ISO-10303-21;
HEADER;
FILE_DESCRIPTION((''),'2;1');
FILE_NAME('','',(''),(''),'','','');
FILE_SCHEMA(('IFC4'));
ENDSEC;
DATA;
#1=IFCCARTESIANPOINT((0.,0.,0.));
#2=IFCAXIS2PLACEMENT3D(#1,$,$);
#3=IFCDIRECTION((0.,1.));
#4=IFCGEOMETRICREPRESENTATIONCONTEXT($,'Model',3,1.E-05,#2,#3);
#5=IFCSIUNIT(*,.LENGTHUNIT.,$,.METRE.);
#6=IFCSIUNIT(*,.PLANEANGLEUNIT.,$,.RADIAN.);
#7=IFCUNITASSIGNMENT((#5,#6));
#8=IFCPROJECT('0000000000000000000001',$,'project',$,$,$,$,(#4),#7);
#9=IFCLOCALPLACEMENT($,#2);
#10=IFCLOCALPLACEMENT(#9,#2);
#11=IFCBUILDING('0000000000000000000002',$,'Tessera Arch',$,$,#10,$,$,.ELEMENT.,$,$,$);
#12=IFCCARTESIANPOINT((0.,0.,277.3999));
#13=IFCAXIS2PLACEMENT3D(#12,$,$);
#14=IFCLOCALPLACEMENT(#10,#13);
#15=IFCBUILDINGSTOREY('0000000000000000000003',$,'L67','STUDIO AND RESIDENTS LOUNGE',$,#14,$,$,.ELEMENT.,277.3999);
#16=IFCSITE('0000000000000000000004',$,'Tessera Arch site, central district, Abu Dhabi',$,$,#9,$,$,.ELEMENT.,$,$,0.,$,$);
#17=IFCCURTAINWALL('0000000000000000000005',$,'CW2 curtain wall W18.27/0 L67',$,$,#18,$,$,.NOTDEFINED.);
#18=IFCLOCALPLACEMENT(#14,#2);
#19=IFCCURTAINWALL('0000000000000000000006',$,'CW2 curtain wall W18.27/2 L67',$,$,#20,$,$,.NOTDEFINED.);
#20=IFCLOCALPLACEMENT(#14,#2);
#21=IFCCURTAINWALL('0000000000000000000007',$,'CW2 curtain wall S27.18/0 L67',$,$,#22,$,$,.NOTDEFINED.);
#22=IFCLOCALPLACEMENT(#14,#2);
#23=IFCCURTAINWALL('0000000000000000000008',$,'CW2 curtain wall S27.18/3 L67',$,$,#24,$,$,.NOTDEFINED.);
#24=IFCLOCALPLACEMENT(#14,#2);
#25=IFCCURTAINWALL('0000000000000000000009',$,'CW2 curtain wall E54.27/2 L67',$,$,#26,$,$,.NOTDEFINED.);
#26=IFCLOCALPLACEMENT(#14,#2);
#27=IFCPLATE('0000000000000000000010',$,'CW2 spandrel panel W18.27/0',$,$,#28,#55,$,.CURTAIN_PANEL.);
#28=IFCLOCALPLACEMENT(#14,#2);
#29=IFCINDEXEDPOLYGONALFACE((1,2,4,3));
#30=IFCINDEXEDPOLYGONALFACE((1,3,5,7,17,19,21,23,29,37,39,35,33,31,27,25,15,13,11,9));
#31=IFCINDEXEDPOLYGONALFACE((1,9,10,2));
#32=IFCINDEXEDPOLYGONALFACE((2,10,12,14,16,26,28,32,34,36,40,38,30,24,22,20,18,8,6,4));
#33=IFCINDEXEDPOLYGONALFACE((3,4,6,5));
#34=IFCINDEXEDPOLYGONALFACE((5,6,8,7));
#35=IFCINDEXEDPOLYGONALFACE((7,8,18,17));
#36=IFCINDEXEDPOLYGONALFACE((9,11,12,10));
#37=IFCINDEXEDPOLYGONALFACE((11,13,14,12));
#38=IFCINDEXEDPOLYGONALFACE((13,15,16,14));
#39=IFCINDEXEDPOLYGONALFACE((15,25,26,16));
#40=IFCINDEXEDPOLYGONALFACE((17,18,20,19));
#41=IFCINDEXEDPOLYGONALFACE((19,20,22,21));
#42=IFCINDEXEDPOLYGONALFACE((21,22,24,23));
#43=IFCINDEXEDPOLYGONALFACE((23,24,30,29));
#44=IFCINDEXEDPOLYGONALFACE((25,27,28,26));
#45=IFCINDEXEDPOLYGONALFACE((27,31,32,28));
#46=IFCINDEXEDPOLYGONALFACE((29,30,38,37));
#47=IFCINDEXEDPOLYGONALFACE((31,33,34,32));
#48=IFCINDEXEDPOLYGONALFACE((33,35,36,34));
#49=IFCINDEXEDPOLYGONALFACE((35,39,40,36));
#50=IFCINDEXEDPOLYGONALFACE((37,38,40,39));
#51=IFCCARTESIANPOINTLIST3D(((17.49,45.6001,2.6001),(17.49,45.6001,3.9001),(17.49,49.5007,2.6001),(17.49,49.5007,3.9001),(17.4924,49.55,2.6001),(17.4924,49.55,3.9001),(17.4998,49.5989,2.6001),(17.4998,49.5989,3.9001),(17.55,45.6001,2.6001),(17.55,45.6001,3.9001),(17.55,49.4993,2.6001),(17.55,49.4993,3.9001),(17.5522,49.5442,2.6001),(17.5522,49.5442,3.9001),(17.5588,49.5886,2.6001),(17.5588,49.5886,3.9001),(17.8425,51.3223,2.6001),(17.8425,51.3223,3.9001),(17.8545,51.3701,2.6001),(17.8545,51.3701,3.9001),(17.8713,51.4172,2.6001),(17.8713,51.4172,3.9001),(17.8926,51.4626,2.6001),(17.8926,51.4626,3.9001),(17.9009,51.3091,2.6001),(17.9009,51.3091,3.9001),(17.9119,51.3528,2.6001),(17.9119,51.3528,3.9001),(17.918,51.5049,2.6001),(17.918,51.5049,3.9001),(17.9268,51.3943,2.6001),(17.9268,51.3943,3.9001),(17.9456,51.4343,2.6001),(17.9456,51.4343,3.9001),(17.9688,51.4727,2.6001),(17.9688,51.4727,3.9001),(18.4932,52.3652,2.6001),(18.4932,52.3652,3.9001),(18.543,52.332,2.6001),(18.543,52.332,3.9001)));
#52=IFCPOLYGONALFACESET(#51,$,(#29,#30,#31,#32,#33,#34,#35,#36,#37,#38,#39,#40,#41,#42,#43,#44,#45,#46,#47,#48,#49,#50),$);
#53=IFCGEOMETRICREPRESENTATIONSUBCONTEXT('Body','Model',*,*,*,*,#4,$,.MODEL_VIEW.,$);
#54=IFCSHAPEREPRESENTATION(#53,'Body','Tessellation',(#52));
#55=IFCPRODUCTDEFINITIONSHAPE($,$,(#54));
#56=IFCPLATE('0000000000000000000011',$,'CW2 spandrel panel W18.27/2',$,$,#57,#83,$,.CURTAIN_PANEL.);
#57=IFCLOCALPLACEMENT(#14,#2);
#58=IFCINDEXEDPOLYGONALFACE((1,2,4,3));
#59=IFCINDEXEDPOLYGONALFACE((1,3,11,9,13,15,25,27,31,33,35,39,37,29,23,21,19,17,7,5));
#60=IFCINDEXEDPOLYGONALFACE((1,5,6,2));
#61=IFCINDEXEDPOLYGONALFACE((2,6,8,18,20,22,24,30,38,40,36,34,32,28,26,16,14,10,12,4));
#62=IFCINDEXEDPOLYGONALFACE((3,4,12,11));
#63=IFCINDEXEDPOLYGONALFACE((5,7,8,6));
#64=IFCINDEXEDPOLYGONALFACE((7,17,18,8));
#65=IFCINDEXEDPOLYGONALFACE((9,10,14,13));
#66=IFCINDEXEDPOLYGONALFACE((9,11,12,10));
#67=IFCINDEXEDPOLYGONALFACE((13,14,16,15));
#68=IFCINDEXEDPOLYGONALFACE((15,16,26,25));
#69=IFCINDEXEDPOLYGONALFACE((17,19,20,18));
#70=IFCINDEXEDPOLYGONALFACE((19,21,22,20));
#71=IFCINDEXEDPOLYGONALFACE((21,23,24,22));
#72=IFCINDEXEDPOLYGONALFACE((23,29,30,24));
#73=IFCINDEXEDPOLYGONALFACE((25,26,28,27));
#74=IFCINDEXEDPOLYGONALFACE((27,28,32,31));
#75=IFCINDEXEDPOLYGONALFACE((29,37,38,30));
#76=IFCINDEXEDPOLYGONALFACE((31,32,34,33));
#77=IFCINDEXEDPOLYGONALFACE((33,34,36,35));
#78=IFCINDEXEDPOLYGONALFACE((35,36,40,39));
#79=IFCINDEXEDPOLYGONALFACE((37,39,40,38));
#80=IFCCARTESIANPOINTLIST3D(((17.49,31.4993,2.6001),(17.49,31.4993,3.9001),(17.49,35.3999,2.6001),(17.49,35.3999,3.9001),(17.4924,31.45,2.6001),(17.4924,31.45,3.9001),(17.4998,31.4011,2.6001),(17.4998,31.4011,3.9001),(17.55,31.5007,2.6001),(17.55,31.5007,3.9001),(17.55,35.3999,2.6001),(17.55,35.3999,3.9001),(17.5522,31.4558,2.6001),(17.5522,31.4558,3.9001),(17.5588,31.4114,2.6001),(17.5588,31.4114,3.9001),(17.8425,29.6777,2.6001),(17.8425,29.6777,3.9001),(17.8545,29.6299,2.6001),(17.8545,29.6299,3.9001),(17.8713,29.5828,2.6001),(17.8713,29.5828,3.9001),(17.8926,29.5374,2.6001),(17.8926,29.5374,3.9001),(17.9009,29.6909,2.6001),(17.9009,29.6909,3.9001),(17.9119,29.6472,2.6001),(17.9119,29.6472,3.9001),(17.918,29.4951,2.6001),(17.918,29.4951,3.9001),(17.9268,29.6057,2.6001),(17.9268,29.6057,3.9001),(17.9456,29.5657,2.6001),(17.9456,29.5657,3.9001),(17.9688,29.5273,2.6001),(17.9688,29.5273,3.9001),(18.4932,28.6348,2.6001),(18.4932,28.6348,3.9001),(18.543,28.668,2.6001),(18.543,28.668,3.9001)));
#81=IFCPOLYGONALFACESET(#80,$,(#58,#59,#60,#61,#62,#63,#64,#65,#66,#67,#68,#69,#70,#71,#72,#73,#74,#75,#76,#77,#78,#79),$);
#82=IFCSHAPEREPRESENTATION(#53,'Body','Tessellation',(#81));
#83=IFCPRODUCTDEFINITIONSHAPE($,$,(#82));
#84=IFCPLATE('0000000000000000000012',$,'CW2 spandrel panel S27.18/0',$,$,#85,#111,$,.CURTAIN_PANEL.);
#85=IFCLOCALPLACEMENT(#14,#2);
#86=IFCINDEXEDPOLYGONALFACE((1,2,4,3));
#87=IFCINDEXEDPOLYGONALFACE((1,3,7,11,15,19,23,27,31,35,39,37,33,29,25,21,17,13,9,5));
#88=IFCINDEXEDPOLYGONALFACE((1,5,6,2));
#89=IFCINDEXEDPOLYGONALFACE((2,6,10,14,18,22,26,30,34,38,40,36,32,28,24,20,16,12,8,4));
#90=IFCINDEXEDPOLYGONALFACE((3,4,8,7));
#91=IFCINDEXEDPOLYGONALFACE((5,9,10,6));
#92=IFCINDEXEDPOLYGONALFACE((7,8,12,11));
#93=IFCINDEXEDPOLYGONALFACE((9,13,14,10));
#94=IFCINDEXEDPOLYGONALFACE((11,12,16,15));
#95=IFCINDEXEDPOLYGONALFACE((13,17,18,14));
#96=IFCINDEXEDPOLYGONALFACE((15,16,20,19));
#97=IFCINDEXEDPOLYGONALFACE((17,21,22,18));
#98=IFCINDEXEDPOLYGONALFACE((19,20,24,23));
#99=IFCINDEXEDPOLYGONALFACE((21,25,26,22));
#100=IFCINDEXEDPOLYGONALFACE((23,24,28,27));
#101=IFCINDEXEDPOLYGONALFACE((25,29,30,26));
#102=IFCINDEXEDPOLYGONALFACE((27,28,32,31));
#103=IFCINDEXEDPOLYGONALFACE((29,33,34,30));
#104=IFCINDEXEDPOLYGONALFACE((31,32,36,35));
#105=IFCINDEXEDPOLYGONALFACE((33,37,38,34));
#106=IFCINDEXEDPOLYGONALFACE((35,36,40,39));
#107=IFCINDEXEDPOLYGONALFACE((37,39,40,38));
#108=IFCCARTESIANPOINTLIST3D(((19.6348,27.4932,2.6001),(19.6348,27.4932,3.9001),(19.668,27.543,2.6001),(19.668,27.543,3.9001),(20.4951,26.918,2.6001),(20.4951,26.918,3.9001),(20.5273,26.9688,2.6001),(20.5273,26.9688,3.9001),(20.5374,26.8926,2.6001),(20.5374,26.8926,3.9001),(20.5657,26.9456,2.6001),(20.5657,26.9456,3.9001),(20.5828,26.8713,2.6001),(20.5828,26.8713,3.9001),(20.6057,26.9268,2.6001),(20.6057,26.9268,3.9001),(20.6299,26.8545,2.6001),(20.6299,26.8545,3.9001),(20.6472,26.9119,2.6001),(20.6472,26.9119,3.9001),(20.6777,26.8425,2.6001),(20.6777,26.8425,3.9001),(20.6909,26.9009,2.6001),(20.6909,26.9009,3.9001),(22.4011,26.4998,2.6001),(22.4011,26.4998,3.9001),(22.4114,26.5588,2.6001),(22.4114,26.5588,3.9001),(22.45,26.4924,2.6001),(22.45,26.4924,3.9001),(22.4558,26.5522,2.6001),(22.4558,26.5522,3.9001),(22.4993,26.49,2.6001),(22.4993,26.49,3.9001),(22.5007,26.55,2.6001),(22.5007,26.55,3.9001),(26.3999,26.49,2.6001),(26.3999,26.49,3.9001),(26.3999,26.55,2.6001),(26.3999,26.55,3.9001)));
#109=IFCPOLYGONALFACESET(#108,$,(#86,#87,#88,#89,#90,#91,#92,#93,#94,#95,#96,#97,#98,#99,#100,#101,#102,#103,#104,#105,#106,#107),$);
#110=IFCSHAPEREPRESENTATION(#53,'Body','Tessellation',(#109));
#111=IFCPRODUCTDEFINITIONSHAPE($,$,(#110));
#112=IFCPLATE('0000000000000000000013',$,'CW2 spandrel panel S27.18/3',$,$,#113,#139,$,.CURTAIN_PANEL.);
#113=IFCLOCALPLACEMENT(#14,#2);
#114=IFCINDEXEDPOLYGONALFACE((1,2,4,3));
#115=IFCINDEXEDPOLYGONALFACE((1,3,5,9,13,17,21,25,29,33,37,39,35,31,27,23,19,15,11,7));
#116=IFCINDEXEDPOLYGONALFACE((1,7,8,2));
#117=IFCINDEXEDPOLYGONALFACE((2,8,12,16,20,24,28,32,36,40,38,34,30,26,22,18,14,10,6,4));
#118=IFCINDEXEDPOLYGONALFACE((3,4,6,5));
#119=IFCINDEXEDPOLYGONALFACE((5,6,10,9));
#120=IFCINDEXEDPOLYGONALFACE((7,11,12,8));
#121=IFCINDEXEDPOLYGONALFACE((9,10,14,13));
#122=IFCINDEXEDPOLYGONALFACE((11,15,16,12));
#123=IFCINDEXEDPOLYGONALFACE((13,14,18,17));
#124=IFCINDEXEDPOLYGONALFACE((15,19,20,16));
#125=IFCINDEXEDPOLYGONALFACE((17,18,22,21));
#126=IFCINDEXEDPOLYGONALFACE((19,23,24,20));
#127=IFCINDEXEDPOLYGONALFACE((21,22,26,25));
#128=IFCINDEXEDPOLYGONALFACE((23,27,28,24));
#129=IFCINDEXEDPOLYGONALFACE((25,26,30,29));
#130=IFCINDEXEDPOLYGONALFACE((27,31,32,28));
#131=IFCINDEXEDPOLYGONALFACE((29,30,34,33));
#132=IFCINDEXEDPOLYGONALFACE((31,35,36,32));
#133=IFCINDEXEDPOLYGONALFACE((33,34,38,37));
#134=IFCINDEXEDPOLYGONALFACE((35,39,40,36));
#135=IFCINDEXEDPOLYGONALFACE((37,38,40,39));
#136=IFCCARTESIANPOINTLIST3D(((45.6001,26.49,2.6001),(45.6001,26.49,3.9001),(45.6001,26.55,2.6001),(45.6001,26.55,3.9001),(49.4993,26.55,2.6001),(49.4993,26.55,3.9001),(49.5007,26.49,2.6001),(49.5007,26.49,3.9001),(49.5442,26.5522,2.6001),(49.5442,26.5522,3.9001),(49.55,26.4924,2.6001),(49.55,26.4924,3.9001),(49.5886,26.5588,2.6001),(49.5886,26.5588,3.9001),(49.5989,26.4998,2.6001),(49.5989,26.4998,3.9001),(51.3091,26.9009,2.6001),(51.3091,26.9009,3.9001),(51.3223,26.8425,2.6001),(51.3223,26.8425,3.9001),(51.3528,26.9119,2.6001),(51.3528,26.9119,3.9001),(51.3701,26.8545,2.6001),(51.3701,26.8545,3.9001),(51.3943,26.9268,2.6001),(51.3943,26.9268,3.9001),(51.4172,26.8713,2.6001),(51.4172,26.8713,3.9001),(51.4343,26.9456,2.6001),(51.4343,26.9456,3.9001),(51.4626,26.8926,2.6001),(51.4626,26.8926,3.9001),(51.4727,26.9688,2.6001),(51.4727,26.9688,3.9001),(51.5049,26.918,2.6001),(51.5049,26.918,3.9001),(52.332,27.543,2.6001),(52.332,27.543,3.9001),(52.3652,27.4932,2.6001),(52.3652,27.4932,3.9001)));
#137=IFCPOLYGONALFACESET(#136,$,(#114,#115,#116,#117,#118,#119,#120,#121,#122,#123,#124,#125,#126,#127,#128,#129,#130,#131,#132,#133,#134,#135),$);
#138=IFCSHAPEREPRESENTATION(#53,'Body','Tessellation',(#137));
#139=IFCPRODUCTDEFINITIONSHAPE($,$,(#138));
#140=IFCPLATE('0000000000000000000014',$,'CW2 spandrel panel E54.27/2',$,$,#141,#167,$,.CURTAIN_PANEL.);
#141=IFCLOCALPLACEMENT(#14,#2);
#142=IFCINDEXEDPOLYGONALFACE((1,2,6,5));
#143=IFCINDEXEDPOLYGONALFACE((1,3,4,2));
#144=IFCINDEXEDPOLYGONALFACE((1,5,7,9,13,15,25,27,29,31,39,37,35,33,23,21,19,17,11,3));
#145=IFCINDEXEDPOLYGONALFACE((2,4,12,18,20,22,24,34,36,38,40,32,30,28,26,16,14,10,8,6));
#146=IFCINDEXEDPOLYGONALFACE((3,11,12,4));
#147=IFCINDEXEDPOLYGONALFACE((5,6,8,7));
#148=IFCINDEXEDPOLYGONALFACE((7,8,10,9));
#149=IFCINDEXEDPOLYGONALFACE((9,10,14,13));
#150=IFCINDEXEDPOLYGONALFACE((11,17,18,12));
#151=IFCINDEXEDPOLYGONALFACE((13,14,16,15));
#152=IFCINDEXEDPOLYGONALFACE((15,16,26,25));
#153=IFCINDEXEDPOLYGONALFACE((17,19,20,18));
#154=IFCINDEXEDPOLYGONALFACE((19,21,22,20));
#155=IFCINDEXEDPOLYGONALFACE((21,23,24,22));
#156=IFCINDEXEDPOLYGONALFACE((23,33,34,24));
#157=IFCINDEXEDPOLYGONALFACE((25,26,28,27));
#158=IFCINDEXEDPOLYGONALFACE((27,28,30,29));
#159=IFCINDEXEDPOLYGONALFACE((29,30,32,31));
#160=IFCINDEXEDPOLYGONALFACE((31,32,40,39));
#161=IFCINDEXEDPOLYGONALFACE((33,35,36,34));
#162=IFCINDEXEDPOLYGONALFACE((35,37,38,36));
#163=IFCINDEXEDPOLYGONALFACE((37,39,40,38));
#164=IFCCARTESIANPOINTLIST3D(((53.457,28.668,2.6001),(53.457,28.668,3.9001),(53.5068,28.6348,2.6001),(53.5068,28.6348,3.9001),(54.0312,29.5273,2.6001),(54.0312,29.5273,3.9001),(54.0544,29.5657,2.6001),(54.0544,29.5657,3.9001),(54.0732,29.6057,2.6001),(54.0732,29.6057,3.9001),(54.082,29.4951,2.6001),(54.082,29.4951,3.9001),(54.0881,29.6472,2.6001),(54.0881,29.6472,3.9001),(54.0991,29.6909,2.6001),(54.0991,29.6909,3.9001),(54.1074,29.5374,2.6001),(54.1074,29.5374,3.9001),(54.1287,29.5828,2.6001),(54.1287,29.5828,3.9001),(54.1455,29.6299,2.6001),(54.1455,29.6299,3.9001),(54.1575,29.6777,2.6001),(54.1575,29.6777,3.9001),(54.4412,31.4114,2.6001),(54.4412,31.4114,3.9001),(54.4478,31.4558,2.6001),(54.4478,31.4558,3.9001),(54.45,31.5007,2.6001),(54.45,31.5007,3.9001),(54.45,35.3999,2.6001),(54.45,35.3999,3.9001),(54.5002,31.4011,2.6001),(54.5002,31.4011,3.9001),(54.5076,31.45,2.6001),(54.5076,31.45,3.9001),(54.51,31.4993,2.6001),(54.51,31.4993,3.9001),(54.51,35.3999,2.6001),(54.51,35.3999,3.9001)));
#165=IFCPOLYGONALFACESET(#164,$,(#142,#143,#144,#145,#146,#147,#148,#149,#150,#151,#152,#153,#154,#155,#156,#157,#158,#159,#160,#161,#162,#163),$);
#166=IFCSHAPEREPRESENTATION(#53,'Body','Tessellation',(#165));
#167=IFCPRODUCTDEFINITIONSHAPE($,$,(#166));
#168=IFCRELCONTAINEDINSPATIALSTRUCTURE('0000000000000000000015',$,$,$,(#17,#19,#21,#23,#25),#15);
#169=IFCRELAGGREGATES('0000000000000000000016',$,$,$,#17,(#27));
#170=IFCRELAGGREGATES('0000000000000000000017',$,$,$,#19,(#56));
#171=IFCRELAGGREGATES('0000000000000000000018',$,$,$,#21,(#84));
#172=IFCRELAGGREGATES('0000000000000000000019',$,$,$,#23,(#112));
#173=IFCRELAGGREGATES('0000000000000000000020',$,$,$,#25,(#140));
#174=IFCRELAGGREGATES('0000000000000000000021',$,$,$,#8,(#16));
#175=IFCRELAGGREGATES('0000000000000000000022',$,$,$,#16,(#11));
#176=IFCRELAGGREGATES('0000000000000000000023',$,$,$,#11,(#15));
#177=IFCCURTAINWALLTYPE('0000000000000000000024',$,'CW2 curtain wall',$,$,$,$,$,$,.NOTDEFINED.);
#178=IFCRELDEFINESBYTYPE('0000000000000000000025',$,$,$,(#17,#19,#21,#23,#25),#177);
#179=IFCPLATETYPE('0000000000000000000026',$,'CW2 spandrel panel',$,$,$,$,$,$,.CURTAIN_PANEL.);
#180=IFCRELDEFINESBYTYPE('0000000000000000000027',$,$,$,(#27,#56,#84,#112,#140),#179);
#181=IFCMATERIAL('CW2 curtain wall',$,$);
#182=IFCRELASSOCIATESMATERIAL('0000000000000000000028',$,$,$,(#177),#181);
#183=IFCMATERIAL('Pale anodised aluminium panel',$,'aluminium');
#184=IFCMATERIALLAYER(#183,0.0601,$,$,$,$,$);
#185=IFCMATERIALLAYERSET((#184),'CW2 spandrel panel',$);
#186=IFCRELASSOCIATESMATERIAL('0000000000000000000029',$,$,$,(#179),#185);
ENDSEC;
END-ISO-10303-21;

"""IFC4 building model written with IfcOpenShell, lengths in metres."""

from ifc_helpers import new_model, si_unit, direction, frame, origin, place, context, subcontext, project, spatial, polyline, outline, extrude, material, layer, layer_set, type_object, element, aggregate, save


model = new_model("IFC4")

# Units and contexts
model_context = context("Model", 3, precision=1e-05, world=origin(), true_north=direction((0.0, 1.0)))
body_context = subcontext(model_context, "Body", "Model", "MODEL_VIEW")
ifc_project = project(units=[si_unit("LENGTHUNIT", "METRE"), si_unit("PLANEANGLEUNIT", "RADIAN")], contexts=[model_context])

# Site, building, storey
site_placement = place(None, origin())
site = spatial("IfcSite", under=ifc_project, at=site_placement, Name="Tessera Arch site, central district, Abu Dhabi", CompositionType="ELEMENT", RefElevation=0.0)
building_placement = place(site_placement, origin())
building = spatial("IfcBuilding", under=site, at=building_placement, Name="Tessera Arch", CompositionType="ELEMENT")
storey_placement = place(building_placement, frame((0.0, 0.0, 277.3999)))
storey = spatial("IfcBuildingStorey", under=building, at=storey_placement, Name="L67", Description="STUDIO AND RESIDENTS LOUNGE", CompositionType="ELEMENT", Elevation=277.3999)

# Curtain walls
ifc_material_1 = material(Name="CW2 curtain wall")
curtain_wall_type = type_object("IfcCurtainWallType", Name="CW2 curtain wall", PredefinedType="NOTDEFINED", material=ifc_material_1)
curtain_wall_1_placement = place(storey_placement, origin())
curtain_wall_1 = element("IfcCurtainWall", 1, at=curtain_wall_1_placement, inside=storey, type_object=curtain_wall_type, Name="CW2 curtain wall W18.27/0 L67", PredefinedType="NOTDEFINED")
curtain_wall_2_placement = place(storey_placement, origin())
curtain_wall_2 = element("IfcCurtainWall", 2, at=curtain_wall_2_placement, inside=storey, type_object=curtain_wall_type, Name="CW2 curtain wall W18.27/2 L67", PredefinedType="NOTDEFINED")
curtain_wall_3_placement = place(storey_placement, origin())
curtain_wall_3 = element("IfcCurtainWall", 3, at=curtain_wall_3_placement, inside=storey, type_object=curtain_wall_type, Name="CW2 curtain wall S27.18/0 L67", PredefinedType="NOTDEFINED")
curtain_wall_4_placement = place(storey_placement, origin())
curtain_wall_4 = element("IfcCurtainWall", 4, at=curtain_wall_4_placement, inside=storey, type_object=curtain_wall_type, Name="CW2 curtain wall S27.18/3 L67", PredefinedType="NOTDEFINED")
curtain_wall_5_placement = place(storey_placement, origin())
curtain_wall_5 = element("IfcCurtainWall", 5, at=curtain_wall_5_placement, inside=storey, type_object=curtain_wall_type, Name="CW2 curtain wall E54.27/2 L67", PredefinedType="NOTDEFINED")

# Plates
ifc_material_2 = material(Name="Pale anodised aluminium panel", Category="aluminium")
ifc_layer_1 = layer(ifc_material_2, 0.0601)
ifc_layer_set_1 = layer_set([ifc_layer_1], Name="CW2 spandrel panel")
plate_type_1 = type_object("IfcPlateType", Name="CW2 spandrel panel", PredefinedType="CURTAIN_PANEL", material=ifc_layer_set_1)
plate_1_placement = place(storey_placement, frame((0.0, 0.0, 2.6001)))
plate_1 = element("IfcPlate", 6, at=plate_1_placement, type_object=plate_type_1, Name="CW2 spandrel panel W18.27/0", PredefinedType="CURTAIN_PANEL", context=body_context, shape_type="SweptSolid", body=[
    extrude(outline(polyline([(17.9688, 51.4727), (18.543, 52.332), (18.4932, 52.3652), (17.918, 51.5049), (17.8926, 51.4626), (17.8713, 51.4172), (17.8545, 51.3701), (17.8425, 51.3223), (17.4998, 49.5989), (17.4924, 49.55), (17.49, 49.5007), (17.49, 45.6001), (17.55, 45.6001), (17.55, 49.4993), (17.5522, 49.5442), (17.5588, 49.5886), (17.9009, 51.3091), (17.9119, 51.3528), (17.9268, 51.3943), (17.9456, 51.4343), (17.9688, 51.4727)])), origin(), (0.0, 0.0, 1.0), 1.3),
])
aggregate(curtain_wall_1, [plate_1])
plate_2_placement = place(storey_placement, frame((0.0, 0.0, 2.6001)))
plate_2 = element("IfcPlate", 7, at=plate_2_placement, type_object=plate_type_1, Name="CW2 spandrel panel W18.27/2", PredefinedType="CURTAIN_PANEL", context=body_context, shape_type="SweptSolid", body=[
    extrude(outline(polyline([(17.55, 31.5007), (17.55, 35.3999), (17.49, 35.3999), (17.49, 31.4993), (17.4924, 31.45), (17.4998, 31.4011), (17.8425, 29.6777), (17.8545, 29.6299), (17.8713, 29.5828), (17.8926, 29.5374), (17.918, 29.4951), (18.4932, 28.6348), (18.543, 28.668), (17.9688, 29.5273), (17.9456, 29.5657), (17.9268, 29.6057), (17.9119, 29.6472), (17.9009, 29.6909), (17.5588, 31.4114), (17.5522, 31.4558), (17.55, 31.5007)])), origin(), (0.0, 0.0, 1.0), 1.3),
])
aggregate(curtain_wall_2, [plate_2])
plate_3_placement = place(storey_placement, frame((0.0, 0.0, 2.6001)))
plate_3 = element("IfcPlate", 8, at=plate_3_placement, type_object=plate_type_1, Name="CW2 spandrel panel S27.18/0", PredefinedType="CURTAIN_PANEL", context=body_context, shape_type="SweptSolid", body=[
    extrude(outline(polyline([(20.5273, 26.9688), (19.668, 27.543), (19.6348, 27.4932), (20.4951, 26.918), (20.5374, 26.8926), (20.5828, 26.8713), (20.6299, 26.8545), (20.6777, 26.8425), (22.4011, 26.4998), (22.45, 26.4924), (22.4993, 26.49), (26.3999, 26.49), (26.3999, 26.55), (22.5007, 26.55), (22.4558, 26.5522), (22.4114, 26.5588), (20.6909, 26.9009), (20.6472, 26.9119), (20.6057, 26.9268), (20.5657, 26.9456), (20.5273, 26.9688)])), origin(), (0.0, 0.0, 1.0), 1.3),
])
aggregate(curtain_wall_3, [plate_3])
plate_4_placement = place(storey_placement, frame((0.0, 0.0, 2.6001)))
plate_4 = element("IfcPlate", 9, at=plate_4_placement, type_object=plate_type_1, Name="CW2 spandrel panel S27.18/3", PredefinedType="CURTAIN_PANEL", context=body_context, shape_type="SweptSolid", body=[
    extrude(outline(polyline([(49.4993, 26.55), (45.6001, 26.55), (45.6001, 26.49), (49.5007, 26.49), (49.55, 26.4924), (49.5989, 26.4998), (51.3223, 26.8425), (51.3701, 26.8545), (51.4172, 26.8713), (51.4626, 26.8926), (51.5049, 26.918), (52.3652, 27.4932), (52.332, 27.543), (51.4727, 26.9688), (51.4343, 26.9456), (51.3943, 26.9268), (51.3528, 26.9119), (51.3091, 26.9009), (49.5886, 26.5588), (49.5442, 26.5522), (49.4993, 26.55)])), origin(), (0.0, 0.0, 1.0), 1.3),
])
aggregate(curtain_wall_4, [plate_4])
plate_5_placement = place(storey_placement, frame((0.0, 0.0, 2.6001)))
plate_5 = element("IfcPlate", 10, at=plate_5_placement, type_object=plate_type_1, Name="CW2 spandrel panel E54.27/2", PredefinedType="CURTAIN_PANEL", context=body_context, shape_type="SweptSolid", body=[
    extrude(outline(polyline([(54.0312, 29.5273), (53.457, 28.668), (53.5068, 28.6348), (54.082, 29.4951), (54.1074, 29.5374), (54.1287, 29.5828), (54.1455, 29.6299), (54.1575, 29.6777), (54.5002, 31.4011), (54.5076, 31.45), (54.51, 31.4993), (54.51, 35.3999), (54.45, 35.3999), (54.45, 31.5007), (54.4478, 31.4558), (54.4412, 31.4114), (54.0991, 29.6909), (54.0881, 29.6472), (54.0732, 29.6057), (54.0544, 29.5657), (54.0312, 29.5273)])), origin(), (0.0, 0.0, 1.0), 1.3),
])
aggregate(curtain_wall_5, [plate_5])

save(model, "model.ifc")
